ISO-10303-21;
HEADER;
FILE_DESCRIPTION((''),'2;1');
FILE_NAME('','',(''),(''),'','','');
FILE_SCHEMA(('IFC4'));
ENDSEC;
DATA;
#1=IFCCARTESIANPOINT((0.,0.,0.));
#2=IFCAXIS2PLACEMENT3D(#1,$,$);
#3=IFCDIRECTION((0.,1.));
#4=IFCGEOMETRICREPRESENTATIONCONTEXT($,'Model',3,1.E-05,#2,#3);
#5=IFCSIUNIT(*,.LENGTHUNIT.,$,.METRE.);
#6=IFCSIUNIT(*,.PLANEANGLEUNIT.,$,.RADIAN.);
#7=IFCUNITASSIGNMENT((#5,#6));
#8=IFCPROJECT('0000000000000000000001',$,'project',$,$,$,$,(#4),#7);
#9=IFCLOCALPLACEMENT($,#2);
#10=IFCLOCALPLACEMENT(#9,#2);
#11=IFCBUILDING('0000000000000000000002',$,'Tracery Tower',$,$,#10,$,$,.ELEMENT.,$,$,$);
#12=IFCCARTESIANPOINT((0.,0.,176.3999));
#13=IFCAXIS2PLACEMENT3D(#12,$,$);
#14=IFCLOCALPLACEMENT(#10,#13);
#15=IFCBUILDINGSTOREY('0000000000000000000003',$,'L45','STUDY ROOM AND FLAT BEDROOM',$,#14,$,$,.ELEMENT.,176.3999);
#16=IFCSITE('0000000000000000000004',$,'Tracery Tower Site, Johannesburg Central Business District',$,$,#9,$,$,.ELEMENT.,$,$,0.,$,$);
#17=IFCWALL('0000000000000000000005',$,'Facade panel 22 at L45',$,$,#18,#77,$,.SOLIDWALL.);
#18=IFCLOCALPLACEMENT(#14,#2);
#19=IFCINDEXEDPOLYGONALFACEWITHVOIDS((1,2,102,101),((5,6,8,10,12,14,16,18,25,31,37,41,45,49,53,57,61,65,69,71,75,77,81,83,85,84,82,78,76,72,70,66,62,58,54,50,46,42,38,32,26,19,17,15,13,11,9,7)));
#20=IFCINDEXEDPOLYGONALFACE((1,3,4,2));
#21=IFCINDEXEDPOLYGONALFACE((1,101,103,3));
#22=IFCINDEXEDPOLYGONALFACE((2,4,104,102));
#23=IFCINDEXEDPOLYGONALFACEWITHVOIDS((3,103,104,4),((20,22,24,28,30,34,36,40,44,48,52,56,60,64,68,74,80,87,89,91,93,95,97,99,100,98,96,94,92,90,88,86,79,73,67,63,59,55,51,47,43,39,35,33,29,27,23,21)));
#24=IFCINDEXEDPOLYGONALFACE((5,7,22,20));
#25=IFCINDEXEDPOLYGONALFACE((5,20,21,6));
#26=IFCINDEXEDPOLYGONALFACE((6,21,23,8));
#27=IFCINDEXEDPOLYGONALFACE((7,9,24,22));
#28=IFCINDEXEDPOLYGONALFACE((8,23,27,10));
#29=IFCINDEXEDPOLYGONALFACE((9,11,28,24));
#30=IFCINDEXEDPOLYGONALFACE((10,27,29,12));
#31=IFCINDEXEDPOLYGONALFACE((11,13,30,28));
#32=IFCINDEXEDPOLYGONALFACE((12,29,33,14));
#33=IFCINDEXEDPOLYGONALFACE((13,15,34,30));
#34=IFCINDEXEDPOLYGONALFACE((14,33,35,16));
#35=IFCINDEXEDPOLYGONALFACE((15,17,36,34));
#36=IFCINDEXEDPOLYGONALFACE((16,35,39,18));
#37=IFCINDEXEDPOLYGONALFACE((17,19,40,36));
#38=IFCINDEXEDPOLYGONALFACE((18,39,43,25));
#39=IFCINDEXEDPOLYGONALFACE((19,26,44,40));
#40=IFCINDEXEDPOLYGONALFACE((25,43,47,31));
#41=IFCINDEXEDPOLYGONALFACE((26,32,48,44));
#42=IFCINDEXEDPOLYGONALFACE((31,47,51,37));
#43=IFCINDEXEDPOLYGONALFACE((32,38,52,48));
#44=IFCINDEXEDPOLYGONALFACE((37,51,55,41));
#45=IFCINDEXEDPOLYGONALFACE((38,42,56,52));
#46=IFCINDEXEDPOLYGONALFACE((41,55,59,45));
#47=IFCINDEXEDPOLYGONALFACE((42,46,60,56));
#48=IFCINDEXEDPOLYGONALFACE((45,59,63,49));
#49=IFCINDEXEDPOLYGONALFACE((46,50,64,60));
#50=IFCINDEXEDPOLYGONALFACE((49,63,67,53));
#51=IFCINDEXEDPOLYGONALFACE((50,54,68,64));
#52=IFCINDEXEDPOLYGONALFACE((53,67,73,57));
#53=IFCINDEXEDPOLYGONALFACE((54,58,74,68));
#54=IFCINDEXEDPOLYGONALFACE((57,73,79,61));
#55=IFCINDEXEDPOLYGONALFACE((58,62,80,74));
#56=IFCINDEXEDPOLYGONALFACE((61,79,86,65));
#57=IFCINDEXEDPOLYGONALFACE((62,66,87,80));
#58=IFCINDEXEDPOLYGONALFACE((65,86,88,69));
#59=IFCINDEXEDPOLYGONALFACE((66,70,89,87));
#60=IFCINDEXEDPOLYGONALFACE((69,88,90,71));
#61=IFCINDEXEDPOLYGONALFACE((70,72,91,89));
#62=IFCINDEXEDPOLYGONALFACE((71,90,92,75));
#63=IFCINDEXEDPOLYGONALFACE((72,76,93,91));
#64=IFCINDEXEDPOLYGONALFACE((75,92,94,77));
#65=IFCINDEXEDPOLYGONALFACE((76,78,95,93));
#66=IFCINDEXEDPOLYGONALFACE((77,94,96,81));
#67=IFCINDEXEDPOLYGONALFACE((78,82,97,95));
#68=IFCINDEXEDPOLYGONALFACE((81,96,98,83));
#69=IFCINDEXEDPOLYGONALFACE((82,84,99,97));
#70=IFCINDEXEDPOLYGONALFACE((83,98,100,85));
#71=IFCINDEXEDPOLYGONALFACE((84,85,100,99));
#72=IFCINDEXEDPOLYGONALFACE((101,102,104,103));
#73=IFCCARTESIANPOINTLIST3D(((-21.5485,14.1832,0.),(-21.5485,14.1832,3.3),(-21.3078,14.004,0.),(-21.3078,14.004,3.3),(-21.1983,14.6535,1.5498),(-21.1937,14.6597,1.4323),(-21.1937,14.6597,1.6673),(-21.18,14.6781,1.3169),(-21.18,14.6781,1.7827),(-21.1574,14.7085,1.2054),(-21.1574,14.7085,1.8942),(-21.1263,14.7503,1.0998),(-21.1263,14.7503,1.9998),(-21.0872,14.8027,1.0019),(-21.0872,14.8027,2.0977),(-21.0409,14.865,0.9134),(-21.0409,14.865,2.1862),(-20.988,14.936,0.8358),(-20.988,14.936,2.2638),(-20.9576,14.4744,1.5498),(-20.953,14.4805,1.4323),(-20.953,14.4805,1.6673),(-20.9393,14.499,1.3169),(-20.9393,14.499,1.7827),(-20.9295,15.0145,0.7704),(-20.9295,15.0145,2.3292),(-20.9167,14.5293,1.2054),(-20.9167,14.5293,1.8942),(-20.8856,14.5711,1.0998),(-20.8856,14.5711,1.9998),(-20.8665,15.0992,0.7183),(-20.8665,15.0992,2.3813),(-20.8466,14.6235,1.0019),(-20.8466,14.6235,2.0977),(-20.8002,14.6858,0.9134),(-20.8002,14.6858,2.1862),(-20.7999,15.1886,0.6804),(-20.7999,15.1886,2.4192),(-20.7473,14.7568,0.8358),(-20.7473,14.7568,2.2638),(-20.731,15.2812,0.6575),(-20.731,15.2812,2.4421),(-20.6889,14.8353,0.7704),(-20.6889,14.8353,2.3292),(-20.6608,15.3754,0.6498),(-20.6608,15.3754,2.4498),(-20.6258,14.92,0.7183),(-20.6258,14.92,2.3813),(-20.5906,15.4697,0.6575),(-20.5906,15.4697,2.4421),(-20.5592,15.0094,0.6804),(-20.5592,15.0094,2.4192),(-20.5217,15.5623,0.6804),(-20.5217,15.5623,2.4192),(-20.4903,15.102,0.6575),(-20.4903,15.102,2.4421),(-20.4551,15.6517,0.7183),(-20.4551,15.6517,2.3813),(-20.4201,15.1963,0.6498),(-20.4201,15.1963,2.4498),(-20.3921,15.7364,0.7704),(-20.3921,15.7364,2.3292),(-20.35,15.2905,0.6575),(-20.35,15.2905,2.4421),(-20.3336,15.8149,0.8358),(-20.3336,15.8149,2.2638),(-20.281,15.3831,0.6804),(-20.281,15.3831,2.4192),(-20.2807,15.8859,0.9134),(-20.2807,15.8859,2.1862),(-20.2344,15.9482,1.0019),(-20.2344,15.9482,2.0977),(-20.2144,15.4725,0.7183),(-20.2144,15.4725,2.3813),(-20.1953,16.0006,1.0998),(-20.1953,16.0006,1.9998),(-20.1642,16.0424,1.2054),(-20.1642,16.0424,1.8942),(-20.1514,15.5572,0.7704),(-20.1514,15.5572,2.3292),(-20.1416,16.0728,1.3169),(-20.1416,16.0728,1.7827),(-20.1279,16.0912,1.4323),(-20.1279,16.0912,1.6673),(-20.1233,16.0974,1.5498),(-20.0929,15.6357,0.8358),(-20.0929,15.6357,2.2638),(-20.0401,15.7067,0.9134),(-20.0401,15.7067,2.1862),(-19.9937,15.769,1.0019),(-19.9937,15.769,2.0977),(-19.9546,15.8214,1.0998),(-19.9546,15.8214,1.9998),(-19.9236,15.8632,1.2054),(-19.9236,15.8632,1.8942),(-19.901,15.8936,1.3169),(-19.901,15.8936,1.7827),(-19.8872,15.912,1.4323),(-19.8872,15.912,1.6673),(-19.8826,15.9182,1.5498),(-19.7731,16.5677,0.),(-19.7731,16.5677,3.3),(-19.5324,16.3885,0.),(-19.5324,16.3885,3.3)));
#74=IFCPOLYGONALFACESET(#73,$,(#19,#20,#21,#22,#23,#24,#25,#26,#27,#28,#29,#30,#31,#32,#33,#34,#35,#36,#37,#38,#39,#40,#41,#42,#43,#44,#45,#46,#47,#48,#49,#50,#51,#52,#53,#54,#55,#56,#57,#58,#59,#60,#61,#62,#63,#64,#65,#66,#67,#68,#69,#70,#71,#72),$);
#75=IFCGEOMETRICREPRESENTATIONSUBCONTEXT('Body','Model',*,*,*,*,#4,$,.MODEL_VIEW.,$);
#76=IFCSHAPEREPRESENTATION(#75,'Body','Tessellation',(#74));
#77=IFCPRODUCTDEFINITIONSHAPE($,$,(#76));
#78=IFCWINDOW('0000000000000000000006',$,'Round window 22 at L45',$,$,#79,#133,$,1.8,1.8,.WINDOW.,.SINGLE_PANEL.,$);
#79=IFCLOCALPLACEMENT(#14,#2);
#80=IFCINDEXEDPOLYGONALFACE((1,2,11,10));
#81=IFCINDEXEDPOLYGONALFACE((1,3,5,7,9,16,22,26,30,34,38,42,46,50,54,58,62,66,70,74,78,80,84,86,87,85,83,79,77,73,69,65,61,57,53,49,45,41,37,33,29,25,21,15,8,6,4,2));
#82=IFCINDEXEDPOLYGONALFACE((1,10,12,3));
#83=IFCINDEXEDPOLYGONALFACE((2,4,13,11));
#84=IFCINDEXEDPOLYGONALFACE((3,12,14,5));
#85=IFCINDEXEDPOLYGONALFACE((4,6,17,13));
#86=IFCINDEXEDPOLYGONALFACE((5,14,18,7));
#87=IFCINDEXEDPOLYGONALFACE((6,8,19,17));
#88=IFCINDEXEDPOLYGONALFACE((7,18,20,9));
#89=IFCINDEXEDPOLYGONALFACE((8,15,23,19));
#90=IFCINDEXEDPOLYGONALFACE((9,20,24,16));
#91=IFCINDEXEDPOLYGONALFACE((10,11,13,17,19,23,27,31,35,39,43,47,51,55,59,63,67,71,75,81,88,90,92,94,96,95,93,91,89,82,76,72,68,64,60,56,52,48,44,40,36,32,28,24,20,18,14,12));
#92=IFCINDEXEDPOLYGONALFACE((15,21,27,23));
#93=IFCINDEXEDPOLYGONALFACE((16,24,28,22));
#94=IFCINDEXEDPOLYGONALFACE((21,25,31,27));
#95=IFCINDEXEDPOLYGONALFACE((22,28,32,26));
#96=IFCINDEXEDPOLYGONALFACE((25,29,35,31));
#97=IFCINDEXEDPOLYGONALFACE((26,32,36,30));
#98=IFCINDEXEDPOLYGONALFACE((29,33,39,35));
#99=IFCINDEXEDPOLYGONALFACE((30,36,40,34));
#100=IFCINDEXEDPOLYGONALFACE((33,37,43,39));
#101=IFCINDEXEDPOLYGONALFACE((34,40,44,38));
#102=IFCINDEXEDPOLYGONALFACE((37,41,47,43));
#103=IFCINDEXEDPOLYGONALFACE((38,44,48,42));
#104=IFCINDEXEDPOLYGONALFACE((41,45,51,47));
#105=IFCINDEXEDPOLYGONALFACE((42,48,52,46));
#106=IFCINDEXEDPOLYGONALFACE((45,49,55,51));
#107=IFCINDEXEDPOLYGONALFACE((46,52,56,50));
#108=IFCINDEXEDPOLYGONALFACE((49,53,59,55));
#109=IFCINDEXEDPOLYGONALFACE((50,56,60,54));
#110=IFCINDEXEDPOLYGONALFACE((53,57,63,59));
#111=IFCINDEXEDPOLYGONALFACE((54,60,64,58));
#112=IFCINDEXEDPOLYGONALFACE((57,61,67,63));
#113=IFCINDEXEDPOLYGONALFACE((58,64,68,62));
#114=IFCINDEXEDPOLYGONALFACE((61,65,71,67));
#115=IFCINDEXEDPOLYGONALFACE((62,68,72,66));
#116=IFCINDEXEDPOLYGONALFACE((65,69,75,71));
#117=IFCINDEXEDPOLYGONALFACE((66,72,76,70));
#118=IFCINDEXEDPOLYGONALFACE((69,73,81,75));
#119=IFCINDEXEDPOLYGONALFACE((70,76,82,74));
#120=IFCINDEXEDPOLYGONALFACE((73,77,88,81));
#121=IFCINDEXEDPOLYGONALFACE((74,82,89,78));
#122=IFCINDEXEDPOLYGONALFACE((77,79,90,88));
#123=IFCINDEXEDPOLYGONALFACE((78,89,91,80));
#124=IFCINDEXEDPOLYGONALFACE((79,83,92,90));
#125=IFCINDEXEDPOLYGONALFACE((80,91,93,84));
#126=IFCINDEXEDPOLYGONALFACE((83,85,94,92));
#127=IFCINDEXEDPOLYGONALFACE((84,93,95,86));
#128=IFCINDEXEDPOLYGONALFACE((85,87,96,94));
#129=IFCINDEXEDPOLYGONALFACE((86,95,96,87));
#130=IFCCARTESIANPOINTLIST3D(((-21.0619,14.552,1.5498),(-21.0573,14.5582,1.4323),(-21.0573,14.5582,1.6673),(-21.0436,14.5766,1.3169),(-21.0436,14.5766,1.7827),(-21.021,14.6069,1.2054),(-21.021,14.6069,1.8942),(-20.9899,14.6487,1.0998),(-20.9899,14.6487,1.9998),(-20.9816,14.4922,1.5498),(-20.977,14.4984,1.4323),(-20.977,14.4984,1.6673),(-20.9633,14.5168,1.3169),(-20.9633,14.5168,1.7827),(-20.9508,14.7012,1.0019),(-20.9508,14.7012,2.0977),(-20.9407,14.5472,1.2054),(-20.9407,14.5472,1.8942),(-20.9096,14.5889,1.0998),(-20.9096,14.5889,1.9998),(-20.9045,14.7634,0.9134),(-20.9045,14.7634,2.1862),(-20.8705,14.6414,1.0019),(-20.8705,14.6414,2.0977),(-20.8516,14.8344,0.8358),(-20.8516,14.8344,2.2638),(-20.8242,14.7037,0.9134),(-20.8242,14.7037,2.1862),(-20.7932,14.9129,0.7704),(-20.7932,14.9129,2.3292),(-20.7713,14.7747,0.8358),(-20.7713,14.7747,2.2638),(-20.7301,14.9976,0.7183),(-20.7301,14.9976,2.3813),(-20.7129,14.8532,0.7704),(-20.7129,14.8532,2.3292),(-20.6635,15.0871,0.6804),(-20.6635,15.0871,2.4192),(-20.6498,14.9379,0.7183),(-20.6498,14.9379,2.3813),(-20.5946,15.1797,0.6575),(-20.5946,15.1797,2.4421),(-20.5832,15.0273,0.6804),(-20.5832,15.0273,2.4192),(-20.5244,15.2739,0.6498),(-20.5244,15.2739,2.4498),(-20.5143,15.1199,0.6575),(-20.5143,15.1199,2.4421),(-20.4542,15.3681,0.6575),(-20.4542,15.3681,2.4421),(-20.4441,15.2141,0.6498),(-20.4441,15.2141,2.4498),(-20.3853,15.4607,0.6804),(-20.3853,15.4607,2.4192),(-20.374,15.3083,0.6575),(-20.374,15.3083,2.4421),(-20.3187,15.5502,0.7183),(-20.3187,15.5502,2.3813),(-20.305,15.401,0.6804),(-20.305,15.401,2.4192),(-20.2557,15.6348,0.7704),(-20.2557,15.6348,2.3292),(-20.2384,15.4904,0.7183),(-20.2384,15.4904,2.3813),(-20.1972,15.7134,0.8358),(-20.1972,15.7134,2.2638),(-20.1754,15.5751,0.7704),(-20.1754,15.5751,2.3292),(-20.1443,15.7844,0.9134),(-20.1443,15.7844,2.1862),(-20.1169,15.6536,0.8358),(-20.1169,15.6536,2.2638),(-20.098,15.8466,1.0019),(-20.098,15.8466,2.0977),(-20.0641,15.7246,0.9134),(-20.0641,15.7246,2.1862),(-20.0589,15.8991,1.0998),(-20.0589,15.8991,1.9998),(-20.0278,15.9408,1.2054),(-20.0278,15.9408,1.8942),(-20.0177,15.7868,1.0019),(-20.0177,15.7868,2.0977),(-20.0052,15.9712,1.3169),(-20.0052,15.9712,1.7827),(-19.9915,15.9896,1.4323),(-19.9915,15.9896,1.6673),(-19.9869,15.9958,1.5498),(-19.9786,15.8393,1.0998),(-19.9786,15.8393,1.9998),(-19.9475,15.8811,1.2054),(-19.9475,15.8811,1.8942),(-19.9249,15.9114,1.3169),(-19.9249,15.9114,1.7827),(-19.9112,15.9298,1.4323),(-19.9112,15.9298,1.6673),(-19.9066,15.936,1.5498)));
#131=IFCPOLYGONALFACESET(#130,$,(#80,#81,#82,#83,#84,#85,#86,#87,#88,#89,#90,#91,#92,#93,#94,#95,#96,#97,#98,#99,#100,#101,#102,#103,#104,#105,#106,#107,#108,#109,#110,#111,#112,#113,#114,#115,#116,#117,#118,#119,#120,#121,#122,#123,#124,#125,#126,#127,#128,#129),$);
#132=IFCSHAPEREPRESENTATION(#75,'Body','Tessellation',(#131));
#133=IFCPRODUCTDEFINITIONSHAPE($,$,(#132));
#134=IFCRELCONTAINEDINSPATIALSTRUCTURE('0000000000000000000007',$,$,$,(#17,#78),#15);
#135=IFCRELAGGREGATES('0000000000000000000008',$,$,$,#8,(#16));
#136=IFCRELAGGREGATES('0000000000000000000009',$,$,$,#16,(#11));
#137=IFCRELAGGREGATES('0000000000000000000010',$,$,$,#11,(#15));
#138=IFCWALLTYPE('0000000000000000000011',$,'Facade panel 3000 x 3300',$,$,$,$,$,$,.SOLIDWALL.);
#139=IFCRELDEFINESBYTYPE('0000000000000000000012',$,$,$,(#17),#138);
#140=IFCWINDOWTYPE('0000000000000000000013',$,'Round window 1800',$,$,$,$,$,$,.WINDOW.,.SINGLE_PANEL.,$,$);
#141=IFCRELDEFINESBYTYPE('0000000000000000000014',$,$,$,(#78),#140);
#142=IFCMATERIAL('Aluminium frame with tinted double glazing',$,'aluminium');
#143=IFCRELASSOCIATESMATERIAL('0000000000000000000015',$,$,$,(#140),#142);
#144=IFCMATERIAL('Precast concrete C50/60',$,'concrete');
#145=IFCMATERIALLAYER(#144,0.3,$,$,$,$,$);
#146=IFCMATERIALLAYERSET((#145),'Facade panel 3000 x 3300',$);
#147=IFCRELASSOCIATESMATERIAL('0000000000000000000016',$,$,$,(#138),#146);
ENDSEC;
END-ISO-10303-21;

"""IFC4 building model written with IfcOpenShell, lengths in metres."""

from ifc_helpers import new_model, si_unit, direction, frame, frame_2d, origin, origin_2d, place, context, subcontext, project, spatial, rectangle, circle, extrude, material, layer, layer_set, type_object, element, fill, save


model = new_model("IFC4")

# Units and contexts
model_context = context("Model", 3, precision=1e-05, world=origin(), true_north=direction((0.0, 1.0)))
body_context = subcontext(model_context, "Body", "Model", "MODEL_VIEW")
ifc_project = project(units=[si_unit("LENGTHUNIT", "METRE"), si_unit("PLANEANGLEUNIT", "RADIAN")], contexts=[model_context])

# Site, building, storey
site_placement = place(None, origin())
site = spatial("IfcSite", under=ifc_project, at=site_placement, Name="Tracery Tower Site, Johannesburg Central Business District", CompositionType="ELEMENT", RefElevation=0.0)
building_placement = place(site_placement, origin())
building = spatial("IfcBuilding", under=site, at=building_placement, Name="Tracery Tower", CompositionType="ELEMENT")
storey_placement = place(building_placement, frame((0.0, 0.0, 176.3999)))
storey = spatial("IfcBuildingStorey", under=building, at=storey_placement, Name="L45", Description="STUDY ROOM AND FLAT BEDROOM", CompositionType="ELEMENT", Elevation=176.3999)

# Wall, opening, window
ifc_material_1 = material(Name="Aluminium frame with tinted double glazing", Category="aluminium")
window_type = type_object("IfcWindowType", Name="Round window 1800", PartitioningType="SINGLE_PANEL", PredefinedType="WINDOW", material=ifc_material_1)
ifc_material_2 = material(Name="Precast concrete C50/60", Category="concrete")
ifc_layer_1 = layer(ifc_material_2, 0.3)
ifc_layer_set_1 = layer_set([ifc_layer_1], Name="Facade panel 3000 x 3300")
wall_type_1 = type_object("IfcWallType", Name="Facade panel 3000 x 3300", PredefinedType="SOLIDWALL", material=ifc_layer_set_1)
wall_1_placement = place(storey_placement, frame((-19.6528, 16.478, 0.0), z_axis=(0.0, 0.0, 1.0), x_axis=(-0.597198, -0.802094, 0.0)))
wall_1 = element("IfcWall", 1, at=wall_1_placement, inside=storey, type_object=wall_type_1, Name="Facade panel 22 at L45", PredefinedType="SOLIDWALL", context=body_context, shape_type="SweptSolid", body=[
    extrude(rectangle(XDim=2.9729, YDim=0.3, at=frame_2d((1.4863, 0.0))), origin(), (0.0, 0.0, 1.0), 3.3),
])
opening_1_placement = place(wall_1_placement, frame((1.4863, 0.0, 1.5498)))
opening_1 = element("IfcOpeningElement", 2, at=opening_1_placement, cuts=wall_1, PredefinedType="OPENING", context=body_context, shape_type="SweptSolid", body=[
    extrude(circle(Radius=0.9, at=origin_2d()), frame((0.0, 0.1599, 0.0), z_axis=(0.0, -1.0, 0.0), x_axis=(1.0, 0.0, 0.0)), (0.0, 0.0, 1.0), 0.3201),
])
window_1_placement = place(opening_1_placement, origin())
window_1 = element("IfcWindow", 3, at=window_1_placement, inside=storey, type_object=window_type, Name="Round window 22 at L45", OverallHeight=1.8, OverallWidth=1.8, PartitioningType="SINGLE_PANEL", PredefinedType="WINDOW", context=body_context, shape_type="SweptSolid", body=[
    extrude(circle(Radius=0.9, at=origin_2d()), frame((0.0, 0.1201, 0.0), z_axis=(0.0, -1.0, 0.0), x_axis=(1.0, 0.0, 0.0)), (0.0, 0.0, 1.0), 0.1001),
])
fill(opening_1, window_1)

save(model, "model.ifc")
